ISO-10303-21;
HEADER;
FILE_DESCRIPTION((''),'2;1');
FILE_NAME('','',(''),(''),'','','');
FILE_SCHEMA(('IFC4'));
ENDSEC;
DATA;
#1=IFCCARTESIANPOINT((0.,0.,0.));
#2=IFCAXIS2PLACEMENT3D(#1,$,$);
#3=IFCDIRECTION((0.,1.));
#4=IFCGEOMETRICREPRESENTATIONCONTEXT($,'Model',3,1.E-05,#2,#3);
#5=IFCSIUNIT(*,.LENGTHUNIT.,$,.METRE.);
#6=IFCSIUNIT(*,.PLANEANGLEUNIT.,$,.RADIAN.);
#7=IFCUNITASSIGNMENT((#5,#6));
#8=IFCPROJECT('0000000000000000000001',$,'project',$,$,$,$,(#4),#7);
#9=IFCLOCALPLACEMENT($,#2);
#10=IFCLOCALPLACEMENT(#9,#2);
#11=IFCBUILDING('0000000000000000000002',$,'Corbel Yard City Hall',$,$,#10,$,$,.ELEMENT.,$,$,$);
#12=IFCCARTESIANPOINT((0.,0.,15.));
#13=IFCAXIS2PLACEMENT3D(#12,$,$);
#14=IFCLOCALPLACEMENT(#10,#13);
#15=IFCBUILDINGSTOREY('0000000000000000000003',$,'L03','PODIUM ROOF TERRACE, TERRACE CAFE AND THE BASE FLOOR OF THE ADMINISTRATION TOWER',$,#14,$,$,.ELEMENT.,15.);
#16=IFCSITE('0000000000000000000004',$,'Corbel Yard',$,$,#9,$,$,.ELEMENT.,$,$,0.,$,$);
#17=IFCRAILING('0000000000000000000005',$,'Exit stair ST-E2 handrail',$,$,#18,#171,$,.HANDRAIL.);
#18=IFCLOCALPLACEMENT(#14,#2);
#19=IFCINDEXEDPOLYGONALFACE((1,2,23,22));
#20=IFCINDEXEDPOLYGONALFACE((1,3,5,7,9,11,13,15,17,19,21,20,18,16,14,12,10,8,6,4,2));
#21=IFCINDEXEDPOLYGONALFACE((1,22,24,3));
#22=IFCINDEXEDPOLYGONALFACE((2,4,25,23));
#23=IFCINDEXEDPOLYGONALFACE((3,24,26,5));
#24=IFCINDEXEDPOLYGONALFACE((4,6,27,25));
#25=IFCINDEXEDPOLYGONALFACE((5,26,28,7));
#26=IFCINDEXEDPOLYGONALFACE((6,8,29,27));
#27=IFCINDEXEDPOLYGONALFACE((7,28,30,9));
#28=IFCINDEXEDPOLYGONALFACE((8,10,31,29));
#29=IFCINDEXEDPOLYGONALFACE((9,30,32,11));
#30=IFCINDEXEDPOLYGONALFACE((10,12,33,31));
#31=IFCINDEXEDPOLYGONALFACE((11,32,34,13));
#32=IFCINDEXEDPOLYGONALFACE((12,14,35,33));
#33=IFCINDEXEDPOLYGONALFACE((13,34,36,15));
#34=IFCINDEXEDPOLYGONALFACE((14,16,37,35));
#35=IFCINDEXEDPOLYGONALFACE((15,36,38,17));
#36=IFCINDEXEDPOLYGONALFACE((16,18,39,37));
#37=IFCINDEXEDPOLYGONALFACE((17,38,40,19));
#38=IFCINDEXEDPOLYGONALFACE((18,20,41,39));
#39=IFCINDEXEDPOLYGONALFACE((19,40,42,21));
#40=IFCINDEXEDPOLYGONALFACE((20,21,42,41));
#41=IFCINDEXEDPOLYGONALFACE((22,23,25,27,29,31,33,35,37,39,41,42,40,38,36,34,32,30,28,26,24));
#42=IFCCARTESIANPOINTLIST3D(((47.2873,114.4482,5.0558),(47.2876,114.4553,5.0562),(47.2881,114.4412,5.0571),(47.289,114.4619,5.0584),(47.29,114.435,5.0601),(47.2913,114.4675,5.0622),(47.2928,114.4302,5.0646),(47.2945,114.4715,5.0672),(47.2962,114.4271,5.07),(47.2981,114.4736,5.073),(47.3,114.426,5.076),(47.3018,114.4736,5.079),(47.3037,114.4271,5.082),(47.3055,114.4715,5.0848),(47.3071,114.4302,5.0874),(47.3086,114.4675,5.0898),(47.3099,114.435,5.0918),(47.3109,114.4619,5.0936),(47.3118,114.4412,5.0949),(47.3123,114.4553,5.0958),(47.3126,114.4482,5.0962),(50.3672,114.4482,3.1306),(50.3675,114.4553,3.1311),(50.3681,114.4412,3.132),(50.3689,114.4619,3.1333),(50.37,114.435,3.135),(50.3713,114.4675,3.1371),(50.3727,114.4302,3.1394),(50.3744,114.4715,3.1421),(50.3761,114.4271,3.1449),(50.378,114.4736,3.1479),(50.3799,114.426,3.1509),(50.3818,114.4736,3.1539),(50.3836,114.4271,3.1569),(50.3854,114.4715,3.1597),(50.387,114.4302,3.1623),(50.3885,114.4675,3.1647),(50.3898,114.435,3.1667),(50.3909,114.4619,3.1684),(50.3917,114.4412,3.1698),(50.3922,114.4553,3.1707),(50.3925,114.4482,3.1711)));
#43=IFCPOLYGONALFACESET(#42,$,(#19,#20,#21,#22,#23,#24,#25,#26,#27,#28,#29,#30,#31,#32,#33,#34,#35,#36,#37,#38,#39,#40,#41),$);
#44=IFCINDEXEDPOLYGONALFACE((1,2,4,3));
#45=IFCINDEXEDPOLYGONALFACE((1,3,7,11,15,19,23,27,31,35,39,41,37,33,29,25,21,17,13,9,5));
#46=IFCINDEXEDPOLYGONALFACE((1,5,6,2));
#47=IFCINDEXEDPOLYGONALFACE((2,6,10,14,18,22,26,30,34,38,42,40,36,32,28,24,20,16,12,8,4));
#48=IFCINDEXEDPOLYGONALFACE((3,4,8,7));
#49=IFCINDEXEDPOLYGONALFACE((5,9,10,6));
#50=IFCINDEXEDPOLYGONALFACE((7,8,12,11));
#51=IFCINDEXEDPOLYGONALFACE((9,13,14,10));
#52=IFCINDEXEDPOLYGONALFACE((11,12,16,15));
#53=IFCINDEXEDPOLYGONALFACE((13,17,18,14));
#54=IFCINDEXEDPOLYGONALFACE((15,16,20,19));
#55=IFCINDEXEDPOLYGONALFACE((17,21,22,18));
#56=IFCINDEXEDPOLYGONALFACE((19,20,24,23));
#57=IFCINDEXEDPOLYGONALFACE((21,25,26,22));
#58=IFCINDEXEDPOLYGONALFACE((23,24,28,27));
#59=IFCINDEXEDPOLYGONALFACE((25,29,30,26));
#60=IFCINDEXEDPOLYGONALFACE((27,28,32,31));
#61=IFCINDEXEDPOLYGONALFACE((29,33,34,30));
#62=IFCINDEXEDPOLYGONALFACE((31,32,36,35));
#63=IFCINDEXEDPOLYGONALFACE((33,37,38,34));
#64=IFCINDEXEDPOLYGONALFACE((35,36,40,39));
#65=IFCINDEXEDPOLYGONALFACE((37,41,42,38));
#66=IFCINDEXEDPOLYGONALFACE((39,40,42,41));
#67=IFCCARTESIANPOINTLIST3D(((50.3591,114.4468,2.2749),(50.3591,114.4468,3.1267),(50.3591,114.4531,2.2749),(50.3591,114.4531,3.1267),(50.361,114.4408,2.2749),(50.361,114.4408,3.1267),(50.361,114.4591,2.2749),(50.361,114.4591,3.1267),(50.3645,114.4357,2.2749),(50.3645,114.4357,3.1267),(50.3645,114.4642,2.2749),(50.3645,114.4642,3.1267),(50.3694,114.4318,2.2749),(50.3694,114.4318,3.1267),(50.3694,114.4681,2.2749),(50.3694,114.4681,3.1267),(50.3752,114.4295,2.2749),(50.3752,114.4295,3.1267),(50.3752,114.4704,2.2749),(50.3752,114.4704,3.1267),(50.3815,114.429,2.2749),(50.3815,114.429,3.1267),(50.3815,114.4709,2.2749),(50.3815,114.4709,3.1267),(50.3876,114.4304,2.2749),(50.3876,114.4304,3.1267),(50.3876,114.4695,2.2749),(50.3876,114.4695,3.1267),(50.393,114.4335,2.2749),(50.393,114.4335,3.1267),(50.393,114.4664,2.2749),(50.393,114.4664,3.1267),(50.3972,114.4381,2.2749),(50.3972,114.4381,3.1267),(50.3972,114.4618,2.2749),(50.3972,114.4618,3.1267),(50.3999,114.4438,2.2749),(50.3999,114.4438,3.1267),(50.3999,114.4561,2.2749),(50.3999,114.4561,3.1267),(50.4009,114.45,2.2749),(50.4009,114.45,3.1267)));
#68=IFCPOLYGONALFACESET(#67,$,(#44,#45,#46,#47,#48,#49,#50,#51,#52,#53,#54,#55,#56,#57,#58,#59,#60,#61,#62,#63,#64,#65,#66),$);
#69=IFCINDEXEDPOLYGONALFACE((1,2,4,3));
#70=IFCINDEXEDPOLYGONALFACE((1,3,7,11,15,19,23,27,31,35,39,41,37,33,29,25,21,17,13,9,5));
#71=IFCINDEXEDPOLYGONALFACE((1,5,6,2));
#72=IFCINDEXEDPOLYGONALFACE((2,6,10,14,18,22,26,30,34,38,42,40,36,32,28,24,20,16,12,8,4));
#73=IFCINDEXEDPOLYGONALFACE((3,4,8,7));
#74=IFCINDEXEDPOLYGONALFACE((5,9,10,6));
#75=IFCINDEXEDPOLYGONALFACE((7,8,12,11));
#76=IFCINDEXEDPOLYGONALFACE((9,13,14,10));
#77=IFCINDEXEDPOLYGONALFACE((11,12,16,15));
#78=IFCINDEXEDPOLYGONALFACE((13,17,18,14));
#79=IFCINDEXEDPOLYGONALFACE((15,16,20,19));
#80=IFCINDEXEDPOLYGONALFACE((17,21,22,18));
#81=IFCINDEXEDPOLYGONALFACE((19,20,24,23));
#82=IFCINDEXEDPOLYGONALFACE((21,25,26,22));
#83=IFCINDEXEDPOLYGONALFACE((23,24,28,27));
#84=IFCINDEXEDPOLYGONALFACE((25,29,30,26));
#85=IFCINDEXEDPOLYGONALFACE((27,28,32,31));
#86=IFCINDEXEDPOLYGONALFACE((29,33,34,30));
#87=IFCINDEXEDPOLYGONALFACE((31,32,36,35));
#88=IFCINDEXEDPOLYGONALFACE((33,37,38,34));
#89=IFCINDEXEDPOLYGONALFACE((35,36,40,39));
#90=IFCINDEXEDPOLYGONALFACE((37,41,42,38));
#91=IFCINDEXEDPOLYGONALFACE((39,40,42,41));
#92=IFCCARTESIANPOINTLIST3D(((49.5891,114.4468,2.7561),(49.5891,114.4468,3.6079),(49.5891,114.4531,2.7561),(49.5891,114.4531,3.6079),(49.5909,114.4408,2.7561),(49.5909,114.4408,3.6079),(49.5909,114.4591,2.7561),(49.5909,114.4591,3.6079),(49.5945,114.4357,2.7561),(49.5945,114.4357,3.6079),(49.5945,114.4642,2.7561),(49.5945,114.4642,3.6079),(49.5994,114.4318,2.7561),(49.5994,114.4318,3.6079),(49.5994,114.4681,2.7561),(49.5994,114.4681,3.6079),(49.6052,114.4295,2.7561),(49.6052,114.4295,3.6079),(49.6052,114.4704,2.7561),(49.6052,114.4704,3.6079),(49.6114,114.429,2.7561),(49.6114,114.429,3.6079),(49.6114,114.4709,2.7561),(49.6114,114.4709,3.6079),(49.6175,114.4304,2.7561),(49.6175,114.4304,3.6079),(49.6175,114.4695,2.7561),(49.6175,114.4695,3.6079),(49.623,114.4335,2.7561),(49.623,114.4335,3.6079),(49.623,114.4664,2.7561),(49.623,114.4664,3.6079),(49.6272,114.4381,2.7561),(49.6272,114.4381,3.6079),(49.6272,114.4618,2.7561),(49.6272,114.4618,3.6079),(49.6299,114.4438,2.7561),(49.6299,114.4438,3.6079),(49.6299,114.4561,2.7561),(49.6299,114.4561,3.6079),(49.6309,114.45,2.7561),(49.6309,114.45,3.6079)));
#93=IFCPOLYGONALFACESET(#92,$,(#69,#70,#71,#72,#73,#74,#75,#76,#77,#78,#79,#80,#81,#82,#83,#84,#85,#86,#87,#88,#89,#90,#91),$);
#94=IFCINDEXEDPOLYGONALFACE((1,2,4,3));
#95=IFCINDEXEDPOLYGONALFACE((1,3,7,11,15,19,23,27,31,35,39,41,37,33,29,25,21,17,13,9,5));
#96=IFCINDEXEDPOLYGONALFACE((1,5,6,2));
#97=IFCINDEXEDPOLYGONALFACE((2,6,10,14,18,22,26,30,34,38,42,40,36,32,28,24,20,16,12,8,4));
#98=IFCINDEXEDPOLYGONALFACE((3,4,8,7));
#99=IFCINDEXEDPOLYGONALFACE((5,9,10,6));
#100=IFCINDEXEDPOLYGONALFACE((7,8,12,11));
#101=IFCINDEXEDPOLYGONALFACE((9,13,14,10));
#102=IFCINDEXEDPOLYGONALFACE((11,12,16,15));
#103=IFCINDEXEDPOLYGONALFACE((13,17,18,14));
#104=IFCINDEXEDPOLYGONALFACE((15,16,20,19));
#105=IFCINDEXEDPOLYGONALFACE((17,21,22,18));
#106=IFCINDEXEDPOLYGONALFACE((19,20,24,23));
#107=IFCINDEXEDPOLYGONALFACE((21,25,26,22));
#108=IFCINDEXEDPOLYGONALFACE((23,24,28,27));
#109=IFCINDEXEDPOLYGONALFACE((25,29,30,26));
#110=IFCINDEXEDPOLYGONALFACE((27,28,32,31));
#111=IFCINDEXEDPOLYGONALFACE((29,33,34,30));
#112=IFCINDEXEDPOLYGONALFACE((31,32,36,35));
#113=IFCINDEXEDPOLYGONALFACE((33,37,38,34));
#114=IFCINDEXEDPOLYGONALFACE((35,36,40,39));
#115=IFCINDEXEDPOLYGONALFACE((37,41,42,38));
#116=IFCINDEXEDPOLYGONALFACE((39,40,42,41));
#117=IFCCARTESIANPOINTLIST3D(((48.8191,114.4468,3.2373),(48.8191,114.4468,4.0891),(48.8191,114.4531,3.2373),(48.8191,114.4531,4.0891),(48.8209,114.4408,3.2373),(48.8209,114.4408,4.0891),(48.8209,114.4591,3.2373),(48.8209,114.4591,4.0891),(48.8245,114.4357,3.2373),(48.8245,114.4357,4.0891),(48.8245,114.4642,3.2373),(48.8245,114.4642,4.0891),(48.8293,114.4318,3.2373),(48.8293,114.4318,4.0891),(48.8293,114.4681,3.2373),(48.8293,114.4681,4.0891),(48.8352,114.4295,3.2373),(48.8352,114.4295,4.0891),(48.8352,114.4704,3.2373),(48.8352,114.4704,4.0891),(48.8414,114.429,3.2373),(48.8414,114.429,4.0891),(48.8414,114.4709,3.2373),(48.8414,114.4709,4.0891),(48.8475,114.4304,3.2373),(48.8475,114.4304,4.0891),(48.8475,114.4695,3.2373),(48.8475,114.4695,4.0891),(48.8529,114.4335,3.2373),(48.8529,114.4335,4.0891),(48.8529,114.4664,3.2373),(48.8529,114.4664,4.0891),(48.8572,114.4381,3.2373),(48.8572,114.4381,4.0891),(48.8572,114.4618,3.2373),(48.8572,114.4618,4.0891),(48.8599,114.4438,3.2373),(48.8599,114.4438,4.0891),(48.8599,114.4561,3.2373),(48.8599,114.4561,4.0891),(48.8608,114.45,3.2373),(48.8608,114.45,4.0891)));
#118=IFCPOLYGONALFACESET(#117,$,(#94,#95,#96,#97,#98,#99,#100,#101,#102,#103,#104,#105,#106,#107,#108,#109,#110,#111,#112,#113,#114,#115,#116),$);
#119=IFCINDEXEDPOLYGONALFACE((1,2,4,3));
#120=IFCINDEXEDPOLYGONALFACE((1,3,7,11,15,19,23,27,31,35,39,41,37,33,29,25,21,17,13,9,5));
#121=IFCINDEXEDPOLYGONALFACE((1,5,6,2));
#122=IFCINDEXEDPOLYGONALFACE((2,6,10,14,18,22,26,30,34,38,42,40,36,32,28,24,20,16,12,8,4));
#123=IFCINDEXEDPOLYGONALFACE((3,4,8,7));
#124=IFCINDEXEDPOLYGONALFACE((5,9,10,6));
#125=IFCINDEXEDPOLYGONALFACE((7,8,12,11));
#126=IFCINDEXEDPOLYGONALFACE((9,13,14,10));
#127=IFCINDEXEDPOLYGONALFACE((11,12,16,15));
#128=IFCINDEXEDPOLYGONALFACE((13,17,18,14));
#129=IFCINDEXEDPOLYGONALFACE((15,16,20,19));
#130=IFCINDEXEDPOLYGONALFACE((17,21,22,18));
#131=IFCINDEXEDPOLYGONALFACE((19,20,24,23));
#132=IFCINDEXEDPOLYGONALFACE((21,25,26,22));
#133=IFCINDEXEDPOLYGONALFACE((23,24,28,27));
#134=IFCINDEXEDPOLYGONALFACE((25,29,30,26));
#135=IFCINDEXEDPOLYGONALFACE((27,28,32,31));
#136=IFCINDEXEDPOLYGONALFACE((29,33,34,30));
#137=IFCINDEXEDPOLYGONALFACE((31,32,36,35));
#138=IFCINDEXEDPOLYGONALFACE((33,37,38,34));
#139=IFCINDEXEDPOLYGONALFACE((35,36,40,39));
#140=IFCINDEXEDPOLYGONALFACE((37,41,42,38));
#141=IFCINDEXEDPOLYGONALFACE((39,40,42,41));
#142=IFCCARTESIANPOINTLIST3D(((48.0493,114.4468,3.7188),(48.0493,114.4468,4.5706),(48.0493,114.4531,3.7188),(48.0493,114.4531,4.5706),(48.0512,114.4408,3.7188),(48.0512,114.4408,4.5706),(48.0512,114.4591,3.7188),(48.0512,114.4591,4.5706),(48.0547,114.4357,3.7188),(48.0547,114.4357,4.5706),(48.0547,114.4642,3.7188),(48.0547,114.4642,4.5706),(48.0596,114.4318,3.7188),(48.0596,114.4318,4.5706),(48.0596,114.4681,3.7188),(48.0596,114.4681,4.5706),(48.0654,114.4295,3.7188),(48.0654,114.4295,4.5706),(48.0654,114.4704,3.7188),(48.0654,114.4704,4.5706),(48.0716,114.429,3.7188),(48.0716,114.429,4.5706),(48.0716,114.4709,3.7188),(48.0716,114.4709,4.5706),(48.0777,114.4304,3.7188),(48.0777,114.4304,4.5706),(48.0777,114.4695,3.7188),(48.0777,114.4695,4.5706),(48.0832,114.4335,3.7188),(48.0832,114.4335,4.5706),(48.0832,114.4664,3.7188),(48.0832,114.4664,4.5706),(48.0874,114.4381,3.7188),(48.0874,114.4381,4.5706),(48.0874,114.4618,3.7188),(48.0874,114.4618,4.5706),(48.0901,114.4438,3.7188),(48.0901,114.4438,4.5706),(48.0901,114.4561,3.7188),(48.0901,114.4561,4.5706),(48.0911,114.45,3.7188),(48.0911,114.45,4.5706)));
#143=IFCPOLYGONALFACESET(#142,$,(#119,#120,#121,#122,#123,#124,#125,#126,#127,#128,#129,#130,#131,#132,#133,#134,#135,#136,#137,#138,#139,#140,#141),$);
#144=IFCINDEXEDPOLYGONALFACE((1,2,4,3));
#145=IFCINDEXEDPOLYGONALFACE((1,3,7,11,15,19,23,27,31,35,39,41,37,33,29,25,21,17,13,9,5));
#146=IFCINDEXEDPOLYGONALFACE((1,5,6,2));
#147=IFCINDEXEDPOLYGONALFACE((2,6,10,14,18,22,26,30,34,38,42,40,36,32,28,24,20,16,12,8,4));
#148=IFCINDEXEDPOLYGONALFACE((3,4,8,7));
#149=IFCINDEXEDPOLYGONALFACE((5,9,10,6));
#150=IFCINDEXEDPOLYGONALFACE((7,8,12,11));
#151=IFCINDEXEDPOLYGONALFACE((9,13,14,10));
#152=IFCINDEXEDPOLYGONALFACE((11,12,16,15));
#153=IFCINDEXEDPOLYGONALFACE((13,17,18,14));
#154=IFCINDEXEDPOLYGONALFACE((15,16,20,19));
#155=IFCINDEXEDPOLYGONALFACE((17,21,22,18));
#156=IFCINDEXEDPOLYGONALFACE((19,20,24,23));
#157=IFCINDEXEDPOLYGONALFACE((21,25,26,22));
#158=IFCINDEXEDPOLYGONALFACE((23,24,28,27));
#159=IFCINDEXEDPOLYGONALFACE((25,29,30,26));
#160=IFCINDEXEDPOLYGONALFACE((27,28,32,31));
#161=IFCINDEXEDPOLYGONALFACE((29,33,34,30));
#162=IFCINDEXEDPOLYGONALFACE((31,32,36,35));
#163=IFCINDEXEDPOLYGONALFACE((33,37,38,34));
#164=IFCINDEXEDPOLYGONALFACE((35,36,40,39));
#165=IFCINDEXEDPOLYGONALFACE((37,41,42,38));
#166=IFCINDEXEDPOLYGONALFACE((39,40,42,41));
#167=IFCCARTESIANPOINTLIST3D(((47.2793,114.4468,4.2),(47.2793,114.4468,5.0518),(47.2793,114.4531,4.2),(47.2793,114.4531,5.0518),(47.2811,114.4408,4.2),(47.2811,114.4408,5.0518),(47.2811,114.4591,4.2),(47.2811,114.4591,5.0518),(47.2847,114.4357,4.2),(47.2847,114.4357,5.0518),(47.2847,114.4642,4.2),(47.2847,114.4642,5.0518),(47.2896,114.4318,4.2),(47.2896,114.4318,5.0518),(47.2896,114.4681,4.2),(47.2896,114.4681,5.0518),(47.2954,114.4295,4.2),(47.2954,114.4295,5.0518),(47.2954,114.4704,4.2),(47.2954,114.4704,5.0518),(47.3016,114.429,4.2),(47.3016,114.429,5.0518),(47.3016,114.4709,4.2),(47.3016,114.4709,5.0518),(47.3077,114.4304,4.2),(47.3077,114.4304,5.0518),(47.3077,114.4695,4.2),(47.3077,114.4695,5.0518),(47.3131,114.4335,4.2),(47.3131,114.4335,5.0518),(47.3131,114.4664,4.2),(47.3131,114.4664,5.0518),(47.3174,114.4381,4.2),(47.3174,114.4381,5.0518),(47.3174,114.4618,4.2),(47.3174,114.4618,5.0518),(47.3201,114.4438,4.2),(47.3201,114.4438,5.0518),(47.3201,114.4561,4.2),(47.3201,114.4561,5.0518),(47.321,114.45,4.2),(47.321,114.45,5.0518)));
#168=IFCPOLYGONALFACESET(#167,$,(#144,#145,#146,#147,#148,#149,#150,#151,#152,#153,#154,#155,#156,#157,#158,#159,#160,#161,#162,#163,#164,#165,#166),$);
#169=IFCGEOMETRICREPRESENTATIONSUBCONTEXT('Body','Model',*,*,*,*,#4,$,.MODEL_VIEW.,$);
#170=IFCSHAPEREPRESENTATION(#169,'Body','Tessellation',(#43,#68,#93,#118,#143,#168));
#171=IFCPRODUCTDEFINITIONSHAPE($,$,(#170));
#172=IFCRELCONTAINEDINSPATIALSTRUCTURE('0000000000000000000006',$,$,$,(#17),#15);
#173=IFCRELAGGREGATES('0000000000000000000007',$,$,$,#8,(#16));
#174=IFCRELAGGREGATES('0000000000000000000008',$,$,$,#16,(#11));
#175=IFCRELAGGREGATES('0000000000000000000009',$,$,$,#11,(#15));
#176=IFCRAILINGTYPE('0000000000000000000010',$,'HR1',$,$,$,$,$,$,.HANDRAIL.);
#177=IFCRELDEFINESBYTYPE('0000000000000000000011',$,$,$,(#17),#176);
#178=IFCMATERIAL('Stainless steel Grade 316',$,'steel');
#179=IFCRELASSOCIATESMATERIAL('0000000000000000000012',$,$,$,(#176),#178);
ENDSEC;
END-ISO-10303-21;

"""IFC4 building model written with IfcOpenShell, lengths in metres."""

from ifc_helpers import new_model, si_unit, direction, frame, origin, origin_2d, place, context, subcontext, project, spatial, circle, extrude, material, type_object, element, save


model = new_model("IFC4")

# Units and contexts
model_context = context("Model", 3, precision=1e-05, world=origin(), true_north=direction((0.0, 1.0)))
body_context = subcontext(model_context, "Body", "Model", "MODEL_VIEW")
ifc_project = project(units=[si_unit("LENGTHUNIT", "METRE"), si_unit("PLANEANGLEUNIT", "RADIAN")], contexts=[model_context])

# Site, building, storey
site_placement = place(None, origin())
site = spatial("IfcSite", under=ifc_project, at=site_placement, Name="Corbel Yard", CompositionType="ELEMENT", RefElevation=0.0)
building_placement = place(site_placement, origin())
building = spatial("IfcBuilding", under=site, at=building_placement, Name="Corbel Yard City Hall", CompositionType="ELEMENT")
storey_placement = place(building_placement, frame((0.0, 0.0, 15.0)))
storey = spatial("IfcBuildingStorey", under=building, at=storey_placement, Name="L03", Description="PODIUM ROOF TERRACE, TERRACE CAFE AND THE BASE FLOOR OF THE ADMINISTRATION TOWER", CompositionType="ELEMENT", Elevation=15.0)

# Shared definitions
ifc_material_1 = material(Name="Stainless steel Grade 316", Category="steel")

# Railing
railing_type = type_object("IfcRailingType", Name="HR1", PredefinedType="HANDRAIL", material=ifc_material_1)
railing_placement = place(storey_placement, frame((50.3799, 114.45, 2.2749)))
element("IfcRailing", 1, at=railing_placement, inside=storey, type_object=railing_type, Name="Exit stair ST-E2 handrail", PredefinedType="HANDRAIL", context=body_context, shape_type="SweptSolid", body=[
    extrude(circle(Radius=0.0239, at=origin_2d()), frame((0.0, 0.0, 0.876), z_axis=(-0.847979, 0.0, 0.530029), x_axis=(0.0, -1.0, 0.0)), (0.0, 0.0, 1.0), 3.6321),
    extrude(circle(Radius=0.021, at=origin_2d()), origin(), (0.0, 0.0, 1.0), 0.8518),
    extrude(circle(Radius=0.021, at=origin_2d()), frame((-0.77, 0.0, 0.4812)), (0.0, 0.0, 1.0), 0.8518),
    extrude(circle(Radius=0.021, at=origin_2d()), frame((-1.54, 0.0, 0.9624)), (0.0, 0.0, 1.0), 0.8518),
    extrude(circle(Radius=0.021, at=origin_2d()), frame((-2.3098, 0.0, 1.4438)), (0.0, 0.0, 1.0), 0.8518),
    extrude(circle(Radius=0.021, at=origin_2d()), frame((-3.0798, 0.0, 1.925)), (0.0, 0.0, 1.0), 0.8518),
])

save(model, "model.ifc")
